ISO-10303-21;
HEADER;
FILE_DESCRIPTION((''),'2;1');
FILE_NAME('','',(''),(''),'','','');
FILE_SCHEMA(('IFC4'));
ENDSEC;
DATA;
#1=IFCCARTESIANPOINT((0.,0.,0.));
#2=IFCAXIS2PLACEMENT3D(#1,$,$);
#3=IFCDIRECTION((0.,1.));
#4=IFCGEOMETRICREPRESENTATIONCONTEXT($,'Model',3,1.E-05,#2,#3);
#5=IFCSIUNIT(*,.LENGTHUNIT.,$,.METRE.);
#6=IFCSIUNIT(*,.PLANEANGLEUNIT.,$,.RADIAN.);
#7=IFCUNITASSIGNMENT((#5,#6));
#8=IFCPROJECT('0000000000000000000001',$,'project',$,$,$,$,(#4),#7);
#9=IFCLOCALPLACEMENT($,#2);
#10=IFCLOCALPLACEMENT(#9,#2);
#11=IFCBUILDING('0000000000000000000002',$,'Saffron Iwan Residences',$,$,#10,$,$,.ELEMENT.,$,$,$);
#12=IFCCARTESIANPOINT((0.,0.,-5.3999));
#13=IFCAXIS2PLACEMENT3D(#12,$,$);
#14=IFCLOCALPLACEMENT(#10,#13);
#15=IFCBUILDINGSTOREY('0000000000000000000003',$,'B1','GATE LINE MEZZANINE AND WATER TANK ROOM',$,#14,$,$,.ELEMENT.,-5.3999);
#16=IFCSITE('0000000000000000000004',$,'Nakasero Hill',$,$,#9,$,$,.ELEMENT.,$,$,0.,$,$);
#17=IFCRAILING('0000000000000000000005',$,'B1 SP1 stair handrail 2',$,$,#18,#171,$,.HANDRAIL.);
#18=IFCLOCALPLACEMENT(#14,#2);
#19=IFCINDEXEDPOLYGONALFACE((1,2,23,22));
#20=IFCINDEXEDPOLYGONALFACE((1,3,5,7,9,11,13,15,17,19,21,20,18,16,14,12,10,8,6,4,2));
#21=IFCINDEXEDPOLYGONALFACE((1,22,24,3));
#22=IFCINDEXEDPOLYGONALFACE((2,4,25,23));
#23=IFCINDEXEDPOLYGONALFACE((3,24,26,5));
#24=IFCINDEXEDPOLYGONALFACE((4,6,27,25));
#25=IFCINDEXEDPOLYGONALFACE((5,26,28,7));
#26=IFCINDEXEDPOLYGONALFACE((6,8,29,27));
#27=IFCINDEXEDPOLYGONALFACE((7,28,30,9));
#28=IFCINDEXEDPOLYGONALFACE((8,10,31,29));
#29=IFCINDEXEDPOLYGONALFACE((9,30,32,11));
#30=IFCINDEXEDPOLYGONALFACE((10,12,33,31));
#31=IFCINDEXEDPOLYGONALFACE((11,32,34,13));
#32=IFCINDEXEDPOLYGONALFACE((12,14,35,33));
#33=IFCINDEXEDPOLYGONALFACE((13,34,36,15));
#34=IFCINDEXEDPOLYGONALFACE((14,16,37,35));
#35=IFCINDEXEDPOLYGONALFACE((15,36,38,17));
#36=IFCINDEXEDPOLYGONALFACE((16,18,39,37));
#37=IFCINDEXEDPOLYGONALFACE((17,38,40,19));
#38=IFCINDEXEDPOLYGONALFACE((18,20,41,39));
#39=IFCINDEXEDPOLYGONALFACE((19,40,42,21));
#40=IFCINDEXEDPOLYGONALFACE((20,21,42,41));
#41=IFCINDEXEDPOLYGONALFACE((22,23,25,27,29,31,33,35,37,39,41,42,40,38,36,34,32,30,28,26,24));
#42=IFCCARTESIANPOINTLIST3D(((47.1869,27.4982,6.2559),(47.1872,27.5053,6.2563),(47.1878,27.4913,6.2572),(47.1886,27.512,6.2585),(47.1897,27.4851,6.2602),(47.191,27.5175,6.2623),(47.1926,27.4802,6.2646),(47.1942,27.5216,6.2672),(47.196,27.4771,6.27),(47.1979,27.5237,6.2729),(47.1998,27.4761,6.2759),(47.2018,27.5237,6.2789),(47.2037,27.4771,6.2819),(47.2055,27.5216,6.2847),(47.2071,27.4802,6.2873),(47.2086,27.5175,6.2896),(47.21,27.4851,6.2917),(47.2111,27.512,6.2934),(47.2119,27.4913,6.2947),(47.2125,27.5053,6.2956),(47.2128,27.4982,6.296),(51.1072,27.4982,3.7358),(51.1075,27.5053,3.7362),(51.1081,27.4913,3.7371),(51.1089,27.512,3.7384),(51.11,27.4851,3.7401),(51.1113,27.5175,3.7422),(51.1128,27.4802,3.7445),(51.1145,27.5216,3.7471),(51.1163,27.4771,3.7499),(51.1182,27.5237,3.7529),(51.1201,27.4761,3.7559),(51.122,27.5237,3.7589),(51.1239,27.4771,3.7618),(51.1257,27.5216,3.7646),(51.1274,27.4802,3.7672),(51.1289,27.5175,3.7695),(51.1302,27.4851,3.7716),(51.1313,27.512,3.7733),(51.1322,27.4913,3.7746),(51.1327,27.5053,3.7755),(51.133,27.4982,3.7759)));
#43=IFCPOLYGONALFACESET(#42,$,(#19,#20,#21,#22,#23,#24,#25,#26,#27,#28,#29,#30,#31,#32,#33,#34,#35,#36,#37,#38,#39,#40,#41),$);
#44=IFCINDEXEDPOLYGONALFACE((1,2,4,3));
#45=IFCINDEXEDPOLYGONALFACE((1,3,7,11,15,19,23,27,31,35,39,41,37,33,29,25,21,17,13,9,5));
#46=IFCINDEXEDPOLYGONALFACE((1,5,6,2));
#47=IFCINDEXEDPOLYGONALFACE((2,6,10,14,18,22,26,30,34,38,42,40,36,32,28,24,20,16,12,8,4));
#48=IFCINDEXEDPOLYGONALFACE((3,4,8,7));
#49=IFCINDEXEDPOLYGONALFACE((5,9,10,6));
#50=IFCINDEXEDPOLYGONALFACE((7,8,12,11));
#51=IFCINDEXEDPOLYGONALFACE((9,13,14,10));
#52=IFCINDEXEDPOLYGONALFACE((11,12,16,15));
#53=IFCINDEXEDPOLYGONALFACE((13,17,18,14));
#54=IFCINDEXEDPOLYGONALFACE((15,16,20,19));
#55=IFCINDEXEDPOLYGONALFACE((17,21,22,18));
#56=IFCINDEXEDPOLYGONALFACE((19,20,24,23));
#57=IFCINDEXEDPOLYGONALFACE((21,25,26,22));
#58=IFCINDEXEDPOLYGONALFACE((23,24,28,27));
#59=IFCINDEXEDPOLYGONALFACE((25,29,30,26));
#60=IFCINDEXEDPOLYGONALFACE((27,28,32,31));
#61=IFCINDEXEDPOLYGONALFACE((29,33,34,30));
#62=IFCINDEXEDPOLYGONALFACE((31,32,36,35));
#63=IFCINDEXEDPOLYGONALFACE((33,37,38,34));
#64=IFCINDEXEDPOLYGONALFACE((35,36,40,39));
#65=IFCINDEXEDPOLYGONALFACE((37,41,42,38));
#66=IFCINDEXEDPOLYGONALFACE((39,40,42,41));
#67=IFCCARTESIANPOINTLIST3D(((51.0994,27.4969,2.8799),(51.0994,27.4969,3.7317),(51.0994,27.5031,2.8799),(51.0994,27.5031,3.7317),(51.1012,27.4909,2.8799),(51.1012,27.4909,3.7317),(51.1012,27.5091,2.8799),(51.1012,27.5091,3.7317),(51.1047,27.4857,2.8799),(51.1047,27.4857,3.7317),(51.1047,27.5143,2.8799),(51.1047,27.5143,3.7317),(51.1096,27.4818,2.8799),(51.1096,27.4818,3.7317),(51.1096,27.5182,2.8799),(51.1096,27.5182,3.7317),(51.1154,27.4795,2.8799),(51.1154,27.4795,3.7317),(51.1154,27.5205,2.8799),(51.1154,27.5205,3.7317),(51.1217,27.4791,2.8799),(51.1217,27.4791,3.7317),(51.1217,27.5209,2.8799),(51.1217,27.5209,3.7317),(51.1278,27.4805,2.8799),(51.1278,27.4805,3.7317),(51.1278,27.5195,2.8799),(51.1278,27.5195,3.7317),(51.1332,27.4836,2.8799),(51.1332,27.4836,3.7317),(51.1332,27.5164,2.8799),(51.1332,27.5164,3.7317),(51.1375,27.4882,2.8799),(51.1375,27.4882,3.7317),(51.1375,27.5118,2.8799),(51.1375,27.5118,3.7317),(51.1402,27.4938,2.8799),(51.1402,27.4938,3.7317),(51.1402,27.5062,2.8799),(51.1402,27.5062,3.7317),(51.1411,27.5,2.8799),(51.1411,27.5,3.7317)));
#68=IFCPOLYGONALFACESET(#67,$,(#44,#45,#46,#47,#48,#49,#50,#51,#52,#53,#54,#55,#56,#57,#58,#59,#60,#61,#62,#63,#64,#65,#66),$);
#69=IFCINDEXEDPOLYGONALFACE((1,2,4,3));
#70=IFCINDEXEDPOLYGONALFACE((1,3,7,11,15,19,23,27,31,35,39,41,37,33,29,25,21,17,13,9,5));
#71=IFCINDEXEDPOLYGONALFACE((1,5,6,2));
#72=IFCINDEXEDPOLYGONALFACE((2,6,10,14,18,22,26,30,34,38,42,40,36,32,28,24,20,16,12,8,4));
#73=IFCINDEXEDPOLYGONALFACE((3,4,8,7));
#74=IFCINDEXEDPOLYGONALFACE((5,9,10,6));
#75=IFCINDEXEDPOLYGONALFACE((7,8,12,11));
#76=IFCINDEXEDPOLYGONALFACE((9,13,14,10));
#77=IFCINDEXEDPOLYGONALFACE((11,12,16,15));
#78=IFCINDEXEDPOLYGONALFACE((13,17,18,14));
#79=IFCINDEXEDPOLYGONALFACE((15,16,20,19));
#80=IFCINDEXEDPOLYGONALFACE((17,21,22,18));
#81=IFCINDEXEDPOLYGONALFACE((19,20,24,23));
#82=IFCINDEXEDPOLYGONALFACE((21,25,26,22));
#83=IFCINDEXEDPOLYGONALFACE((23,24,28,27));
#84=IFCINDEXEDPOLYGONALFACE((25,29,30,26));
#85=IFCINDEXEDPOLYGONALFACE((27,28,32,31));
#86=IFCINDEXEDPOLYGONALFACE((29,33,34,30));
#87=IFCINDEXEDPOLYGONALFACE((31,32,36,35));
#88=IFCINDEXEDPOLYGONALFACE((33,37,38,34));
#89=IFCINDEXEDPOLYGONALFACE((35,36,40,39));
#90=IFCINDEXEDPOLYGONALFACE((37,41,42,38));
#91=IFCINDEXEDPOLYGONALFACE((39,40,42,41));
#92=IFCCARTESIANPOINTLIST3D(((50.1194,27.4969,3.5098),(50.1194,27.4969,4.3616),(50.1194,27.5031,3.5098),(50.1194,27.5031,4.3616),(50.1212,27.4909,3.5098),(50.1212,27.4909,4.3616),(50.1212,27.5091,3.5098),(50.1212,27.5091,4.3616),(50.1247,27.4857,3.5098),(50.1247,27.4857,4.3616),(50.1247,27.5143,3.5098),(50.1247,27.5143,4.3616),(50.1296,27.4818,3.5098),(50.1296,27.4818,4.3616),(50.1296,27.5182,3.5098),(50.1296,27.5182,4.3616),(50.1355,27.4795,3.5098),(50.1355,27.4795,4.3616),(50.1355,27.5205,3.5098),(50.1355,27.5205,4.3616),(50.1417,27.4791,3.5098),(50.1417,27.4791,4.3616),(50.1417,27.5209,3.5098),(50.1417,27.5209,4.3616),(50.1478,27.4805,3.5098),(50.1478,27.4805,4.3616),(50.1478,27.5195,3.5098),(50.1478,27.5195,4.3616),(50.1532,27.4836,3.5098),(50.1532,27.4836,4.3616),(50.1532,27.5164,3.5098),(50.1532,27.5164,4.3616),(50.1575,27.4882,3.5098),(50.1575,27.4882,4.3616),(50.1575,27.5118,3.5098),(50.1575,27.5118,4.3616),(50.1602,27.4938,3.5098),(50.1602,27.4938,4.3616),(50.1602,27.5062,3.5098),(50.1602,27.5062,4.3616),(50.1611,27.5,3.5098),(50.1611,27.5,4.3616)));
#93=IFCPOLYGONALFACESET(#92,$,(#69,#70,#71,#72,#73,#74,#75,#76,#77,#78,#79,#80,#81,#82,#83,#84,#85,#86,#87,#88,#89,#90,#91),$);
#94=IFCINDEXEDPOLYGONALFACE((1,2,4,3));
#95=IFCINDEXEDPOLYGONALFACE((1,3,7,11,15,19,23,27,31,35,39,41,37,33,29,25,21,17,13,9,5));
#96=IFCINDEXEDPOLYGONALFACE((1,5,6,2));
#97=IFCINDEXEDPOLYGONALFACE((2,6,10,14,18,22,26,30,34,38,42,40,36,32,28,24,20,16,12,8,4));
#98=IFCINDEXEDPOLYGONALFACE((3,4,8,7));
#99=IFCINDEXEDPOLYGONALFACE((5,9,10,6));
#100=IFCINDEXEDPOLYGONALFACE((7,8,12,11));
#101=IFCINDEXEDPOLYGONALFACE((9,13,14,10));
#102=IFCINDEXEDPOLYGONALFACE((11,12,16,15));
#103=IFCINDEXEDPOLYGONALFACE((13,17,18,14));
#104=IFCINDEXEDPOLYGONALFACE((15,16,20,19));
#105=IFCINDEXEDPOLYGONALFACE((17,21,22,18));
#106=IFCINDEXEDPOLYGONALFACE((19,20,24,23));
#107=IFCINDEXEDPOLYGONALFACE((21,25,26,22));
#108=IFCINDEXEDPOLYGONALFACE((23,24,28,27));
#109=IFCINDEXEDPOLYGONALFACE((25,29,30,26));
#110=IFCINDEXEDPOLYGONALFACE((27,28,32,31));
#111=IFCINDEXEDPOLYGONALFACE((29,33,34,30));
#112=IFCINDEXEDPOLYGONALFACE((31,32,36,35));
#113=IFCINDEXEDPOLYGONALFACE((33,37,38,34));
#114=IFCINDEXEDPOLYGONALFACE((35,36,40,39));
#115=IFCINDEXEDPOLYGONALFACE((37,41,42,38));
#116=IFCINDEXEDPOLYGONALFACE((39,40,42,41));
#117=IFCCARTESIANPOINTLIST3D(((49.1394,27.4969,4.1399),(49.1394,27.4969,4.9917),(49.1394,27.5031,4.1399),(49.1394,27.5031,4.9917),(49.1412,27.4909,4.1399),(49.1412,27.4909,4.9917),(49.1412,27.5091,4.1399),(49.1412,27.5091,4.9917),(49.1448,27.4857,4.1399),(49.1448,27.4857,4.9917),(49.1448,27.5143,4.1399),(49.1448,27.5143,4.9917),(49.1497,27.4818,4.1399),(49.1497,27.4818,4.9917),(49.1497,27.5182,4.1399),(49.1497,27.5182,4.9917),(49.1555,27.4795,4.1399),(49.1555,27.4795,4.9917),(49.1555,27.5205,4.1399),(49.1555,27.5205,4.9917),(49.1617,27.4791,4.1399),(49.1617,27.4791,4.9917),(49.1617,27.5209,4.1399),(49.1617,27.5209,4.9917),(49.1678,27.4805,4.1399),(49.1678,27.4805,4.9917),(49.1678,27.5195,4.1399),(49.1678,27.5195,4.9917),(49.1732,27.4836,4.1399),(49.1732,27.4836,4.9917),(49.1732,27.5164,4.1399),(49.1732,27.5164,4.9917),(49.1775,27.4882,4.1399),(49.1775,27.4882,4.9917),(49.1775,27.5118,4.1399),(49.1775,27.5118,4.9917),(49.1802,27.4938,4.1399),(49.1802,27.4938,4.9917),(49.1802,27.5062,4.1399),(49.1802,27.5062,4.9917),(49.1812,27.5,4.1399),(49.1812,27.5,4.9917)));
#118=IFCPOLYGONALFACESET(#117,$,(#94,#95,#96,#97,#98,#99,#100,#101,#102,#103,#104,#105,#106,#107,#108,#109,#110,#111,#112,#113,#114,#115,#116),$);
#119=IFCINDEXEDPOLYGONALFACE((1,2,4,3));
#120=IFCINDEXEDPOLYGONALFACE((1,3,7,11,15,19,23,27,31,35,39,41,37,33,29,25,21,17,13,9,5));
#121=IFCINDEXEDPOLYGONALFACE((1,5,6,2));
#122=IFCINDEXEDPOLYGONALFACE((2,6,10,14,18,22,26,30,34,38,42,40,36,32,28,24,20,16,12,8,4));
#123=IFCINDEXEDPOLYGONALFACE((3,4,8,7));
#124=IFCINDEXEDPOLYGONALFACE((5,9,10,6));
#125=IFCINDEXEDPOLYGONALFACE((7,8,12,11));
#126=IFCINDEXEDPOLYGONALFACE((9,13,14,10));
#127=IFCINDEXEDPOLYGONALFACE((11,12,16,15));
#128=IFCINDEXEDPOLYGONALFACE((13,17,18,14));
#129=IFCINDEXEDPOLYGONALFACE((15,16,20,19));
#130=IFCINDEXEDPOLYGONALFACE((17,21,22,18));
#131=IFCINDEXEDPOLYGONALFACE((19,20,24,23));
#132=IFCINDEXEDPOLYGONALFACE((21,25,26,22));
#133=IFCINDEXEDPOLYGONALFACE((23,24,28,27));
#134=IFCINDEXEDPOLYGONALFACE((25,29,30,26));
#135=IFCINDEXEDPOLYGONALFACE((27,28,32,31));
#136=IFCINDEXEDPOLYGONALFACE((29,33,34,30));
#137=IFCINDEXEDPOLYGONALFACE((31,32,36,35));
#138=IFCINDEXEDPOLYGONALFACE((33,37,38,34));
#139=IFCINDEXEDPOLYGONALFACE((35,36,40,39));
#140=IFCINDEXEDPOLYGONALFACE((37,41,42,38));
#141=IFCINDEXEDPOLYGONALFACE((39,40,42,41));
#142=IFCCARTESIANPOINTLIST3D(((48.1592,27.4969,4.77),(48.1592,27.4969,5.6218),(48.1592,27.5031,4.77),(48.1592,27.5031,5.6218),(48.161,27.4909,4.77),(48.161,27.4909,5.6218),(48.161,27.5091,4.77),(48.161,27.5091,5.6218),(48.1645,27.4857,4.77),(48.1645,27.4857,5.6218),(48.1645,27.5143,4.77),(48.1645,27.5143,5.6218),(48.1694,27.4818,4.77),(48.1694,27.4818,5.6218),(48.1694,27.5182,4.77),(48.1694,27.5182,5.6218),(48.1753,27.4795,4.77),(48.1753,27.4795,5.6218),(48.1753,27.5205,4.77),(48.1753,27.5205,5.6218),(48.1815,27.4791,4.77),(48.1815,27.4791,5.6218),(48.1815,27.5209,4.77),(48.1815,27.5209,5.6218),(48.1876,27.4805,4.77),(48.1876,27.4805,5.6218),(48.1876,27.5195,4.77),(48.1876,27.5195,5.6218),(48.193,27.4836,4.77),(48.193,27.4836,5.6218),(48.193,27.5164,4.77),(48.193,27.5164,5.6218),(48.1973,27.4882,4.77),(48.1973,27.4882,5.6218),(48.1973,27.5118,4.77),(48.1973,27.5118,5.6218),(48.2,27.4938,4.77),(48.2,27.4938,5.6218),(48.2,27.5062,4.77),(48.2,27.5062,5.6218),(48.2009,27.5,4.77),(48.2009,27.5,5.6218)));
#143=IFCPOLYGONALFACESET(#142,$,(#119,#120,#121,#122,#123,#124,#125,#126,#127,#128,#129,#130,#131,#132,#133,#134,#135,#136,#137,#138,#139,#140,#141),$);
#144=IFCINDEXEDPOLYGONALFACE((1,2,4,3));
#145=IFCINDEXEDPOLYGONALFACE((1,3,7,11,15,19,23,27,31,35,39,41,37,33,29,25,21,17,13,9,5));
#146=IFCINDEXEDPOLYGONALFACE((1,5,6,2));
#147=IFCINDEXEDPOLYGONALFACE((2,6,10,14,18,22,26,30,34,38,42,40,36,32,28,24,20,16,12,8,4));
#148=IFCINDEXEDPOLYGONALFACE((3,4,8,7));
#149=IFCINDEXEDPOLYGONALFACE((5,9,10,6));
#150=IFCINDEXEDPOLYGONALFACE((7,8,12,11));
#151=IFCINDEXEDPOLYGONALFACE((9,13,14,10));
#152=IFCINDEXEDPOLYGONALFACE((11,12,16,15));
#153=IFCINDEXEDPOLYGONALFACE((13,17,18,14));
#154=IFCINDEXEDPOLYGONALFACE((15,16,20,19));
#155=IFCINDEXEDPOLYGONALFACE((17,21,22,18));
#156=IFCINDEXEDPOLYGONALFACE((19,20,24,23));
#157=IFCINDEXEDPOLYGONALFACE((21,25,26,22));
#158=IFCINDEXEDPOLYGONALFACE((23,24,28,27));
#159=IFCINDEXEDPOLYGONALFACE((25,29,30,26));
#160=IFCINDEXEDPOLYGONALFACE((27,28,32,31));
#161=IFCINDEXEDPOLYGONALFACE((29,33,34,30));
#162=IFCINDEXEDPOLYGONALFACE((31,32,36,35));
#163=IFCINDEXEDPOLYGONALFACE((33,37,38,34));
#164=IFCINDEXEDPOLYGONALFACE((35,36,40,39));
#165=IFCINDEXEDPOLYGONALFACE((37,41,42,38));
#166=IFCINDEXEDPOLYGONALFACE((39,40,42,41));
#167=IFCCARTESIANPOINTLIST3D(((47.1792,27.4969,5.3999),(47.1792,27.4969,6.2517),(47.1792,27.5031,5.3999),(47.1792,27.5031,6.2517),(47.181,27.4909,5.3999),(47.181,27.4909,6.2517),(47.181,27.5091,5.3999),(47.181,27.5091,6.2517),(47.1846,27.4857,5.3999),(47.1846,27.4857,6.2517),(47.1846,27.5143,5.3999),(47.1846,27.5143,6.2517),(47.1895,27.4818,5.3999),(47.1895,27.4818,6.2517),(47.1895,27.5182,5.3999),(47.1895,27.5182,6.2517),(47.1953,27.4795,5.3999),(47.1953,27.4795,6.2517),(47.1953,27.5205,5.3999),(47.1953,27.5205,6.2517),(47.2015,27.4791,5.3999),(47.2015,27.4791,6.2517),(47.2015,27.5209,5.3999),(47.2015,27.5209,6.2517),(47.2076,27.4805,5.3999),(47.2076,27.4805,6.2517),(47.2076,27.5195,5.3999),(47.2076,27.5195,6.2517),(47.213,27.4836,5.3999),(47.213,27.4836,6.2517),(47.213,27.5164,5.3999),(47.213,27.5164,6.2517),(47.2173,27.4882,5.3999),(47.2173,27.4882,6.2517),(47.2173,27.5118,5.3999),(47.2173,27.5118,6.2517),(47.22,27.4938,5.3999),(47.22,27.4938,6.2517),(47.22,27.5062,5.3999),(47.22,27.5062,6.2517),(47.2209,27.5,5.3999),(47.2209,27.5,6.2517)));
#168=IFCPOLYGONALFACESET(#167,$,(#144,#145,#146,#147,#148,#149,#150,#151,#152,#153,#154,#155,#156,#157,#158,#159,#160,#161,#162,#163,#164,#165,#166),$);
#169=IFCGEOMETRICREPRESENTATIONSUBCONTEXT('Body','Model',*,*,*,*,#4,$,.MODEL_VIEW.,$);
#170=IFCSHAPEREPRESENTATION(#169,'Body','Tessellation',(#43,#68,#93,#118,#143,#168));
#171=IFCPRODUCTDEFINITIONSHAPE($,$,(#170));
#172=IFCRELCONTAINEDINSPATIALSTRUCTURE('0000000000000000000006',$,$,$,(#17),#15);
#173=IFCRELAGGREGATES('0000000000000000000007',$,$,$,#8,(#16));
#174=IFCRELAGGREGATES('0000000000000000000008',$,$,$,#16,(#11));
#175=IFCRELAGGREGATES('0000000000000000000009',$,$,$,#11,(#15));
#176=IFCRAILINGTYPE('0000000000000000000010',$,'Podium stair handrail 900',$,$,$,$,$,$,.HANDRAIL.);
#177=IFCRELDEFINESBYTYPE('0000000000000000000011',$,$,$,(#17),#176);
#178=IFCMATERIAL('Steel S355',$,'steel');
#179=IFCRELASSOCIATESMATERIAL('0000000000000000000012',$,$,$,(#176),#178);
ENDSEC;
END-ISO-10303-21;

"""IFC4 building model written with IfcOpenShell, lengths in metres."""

from ifc_helpers import new_model, si_unit, direction, frame, origin, origin_2d, place, context, subcontext, project, spatial, circle, extrude, material, type_object, element, save


model = new_model("IFC4")

# Units and contexts
model_context = context("Model", 3, precision=1e-05, world=origin(), true_north=direction((0.0, 1.0)))
body_context = subcontext(model_context, "Body", "Model", "MODEL_VIEW")
ifc_project = project(units=[si_unit("LENGTHUNIT", "METRE"), si_unit("PLANEANGLEUNIT", "RADIAN")], contexts=[model_context])

# Site, building, storey
site_placement = place(None, origin())
site = spatial("IfcSite", under=ifc_project, at=site_placement, Name="Nakasero Hill", CompositionType="ELEMENT", RefElevation=0.0)
building_placement = place(site_placement, origin())
building = spatial("IfcBuilding", under=site, at=building_placement, Name="Saffron Iwan Residences", CompositionType="ELEMENT")
storey_placement = place(building_placement, frame((0.0, 0.0, -5.3999)))
storey = spatial("IfcBuildingStorey", under=building, at=storey_placement, Name="B1", Description="GATE LINE MEZZANINE AND WATER TANK ROOM", CompositionType="ELEMENT", Elevation=-5.3999)

# Railing
ifc_material_1 = material(Name="Steel S355", Category="steel")
railing_type = type_object("IfcRailingType", Name="Podium stair handrail 900", PredefinedType="HANDRAIL", material=ifc_material_1)
railing_placement = place(storey_placement, frame((51.1201, 27.5, 2.8799)))
element("IfcRailing", 1, at=railing_placement, inside=storey, type_object=railing_type, Name="B1 SP1 stair handrail 2", PredefinedType="HANDRAIL", context=body_context, shape_type="SweptSolid", body=[
    extrude(circle(Radius=0.0239, at=origin_2d()), frame((0.0, 0.0, 0.876), z_axis=(-0.841187, 0.0, 0.540744), x_axis=(0.0, -1.0, 0.0)), (0.0, 0.0, 1.0), 4.6604),
    extrude(circle(Radius=0.021, at=origin_2d()), origin(), (0.0, 0.0, 1.0), 0.8518),
    extrude(circle(Radius=0.021, at=origin_2d()), frame((-0.98, 0.0, 0.6299)), (0.0, 0.0, 1.0), 0.8518),
    extrude(circle(Radius=0.021, at=origin_2d()), frame((-1.96, 0.0, 1.26)), (0.0, 0.0, 1.0), 0.8518),
    extrude(circle(Radius=0.021, at=origin_2d()), frame((-2.9402, 0.0, 1.8901)), (0.0, 0.0, 1.0), 0.8518),
    extrude(circle(Radius=0.021, at=origin_2d()), frame((-3.9202, 0.0, 2.52)), (0.0, 0.0, 1.0), 0.8518),
])

save(model, "model.ifc")
